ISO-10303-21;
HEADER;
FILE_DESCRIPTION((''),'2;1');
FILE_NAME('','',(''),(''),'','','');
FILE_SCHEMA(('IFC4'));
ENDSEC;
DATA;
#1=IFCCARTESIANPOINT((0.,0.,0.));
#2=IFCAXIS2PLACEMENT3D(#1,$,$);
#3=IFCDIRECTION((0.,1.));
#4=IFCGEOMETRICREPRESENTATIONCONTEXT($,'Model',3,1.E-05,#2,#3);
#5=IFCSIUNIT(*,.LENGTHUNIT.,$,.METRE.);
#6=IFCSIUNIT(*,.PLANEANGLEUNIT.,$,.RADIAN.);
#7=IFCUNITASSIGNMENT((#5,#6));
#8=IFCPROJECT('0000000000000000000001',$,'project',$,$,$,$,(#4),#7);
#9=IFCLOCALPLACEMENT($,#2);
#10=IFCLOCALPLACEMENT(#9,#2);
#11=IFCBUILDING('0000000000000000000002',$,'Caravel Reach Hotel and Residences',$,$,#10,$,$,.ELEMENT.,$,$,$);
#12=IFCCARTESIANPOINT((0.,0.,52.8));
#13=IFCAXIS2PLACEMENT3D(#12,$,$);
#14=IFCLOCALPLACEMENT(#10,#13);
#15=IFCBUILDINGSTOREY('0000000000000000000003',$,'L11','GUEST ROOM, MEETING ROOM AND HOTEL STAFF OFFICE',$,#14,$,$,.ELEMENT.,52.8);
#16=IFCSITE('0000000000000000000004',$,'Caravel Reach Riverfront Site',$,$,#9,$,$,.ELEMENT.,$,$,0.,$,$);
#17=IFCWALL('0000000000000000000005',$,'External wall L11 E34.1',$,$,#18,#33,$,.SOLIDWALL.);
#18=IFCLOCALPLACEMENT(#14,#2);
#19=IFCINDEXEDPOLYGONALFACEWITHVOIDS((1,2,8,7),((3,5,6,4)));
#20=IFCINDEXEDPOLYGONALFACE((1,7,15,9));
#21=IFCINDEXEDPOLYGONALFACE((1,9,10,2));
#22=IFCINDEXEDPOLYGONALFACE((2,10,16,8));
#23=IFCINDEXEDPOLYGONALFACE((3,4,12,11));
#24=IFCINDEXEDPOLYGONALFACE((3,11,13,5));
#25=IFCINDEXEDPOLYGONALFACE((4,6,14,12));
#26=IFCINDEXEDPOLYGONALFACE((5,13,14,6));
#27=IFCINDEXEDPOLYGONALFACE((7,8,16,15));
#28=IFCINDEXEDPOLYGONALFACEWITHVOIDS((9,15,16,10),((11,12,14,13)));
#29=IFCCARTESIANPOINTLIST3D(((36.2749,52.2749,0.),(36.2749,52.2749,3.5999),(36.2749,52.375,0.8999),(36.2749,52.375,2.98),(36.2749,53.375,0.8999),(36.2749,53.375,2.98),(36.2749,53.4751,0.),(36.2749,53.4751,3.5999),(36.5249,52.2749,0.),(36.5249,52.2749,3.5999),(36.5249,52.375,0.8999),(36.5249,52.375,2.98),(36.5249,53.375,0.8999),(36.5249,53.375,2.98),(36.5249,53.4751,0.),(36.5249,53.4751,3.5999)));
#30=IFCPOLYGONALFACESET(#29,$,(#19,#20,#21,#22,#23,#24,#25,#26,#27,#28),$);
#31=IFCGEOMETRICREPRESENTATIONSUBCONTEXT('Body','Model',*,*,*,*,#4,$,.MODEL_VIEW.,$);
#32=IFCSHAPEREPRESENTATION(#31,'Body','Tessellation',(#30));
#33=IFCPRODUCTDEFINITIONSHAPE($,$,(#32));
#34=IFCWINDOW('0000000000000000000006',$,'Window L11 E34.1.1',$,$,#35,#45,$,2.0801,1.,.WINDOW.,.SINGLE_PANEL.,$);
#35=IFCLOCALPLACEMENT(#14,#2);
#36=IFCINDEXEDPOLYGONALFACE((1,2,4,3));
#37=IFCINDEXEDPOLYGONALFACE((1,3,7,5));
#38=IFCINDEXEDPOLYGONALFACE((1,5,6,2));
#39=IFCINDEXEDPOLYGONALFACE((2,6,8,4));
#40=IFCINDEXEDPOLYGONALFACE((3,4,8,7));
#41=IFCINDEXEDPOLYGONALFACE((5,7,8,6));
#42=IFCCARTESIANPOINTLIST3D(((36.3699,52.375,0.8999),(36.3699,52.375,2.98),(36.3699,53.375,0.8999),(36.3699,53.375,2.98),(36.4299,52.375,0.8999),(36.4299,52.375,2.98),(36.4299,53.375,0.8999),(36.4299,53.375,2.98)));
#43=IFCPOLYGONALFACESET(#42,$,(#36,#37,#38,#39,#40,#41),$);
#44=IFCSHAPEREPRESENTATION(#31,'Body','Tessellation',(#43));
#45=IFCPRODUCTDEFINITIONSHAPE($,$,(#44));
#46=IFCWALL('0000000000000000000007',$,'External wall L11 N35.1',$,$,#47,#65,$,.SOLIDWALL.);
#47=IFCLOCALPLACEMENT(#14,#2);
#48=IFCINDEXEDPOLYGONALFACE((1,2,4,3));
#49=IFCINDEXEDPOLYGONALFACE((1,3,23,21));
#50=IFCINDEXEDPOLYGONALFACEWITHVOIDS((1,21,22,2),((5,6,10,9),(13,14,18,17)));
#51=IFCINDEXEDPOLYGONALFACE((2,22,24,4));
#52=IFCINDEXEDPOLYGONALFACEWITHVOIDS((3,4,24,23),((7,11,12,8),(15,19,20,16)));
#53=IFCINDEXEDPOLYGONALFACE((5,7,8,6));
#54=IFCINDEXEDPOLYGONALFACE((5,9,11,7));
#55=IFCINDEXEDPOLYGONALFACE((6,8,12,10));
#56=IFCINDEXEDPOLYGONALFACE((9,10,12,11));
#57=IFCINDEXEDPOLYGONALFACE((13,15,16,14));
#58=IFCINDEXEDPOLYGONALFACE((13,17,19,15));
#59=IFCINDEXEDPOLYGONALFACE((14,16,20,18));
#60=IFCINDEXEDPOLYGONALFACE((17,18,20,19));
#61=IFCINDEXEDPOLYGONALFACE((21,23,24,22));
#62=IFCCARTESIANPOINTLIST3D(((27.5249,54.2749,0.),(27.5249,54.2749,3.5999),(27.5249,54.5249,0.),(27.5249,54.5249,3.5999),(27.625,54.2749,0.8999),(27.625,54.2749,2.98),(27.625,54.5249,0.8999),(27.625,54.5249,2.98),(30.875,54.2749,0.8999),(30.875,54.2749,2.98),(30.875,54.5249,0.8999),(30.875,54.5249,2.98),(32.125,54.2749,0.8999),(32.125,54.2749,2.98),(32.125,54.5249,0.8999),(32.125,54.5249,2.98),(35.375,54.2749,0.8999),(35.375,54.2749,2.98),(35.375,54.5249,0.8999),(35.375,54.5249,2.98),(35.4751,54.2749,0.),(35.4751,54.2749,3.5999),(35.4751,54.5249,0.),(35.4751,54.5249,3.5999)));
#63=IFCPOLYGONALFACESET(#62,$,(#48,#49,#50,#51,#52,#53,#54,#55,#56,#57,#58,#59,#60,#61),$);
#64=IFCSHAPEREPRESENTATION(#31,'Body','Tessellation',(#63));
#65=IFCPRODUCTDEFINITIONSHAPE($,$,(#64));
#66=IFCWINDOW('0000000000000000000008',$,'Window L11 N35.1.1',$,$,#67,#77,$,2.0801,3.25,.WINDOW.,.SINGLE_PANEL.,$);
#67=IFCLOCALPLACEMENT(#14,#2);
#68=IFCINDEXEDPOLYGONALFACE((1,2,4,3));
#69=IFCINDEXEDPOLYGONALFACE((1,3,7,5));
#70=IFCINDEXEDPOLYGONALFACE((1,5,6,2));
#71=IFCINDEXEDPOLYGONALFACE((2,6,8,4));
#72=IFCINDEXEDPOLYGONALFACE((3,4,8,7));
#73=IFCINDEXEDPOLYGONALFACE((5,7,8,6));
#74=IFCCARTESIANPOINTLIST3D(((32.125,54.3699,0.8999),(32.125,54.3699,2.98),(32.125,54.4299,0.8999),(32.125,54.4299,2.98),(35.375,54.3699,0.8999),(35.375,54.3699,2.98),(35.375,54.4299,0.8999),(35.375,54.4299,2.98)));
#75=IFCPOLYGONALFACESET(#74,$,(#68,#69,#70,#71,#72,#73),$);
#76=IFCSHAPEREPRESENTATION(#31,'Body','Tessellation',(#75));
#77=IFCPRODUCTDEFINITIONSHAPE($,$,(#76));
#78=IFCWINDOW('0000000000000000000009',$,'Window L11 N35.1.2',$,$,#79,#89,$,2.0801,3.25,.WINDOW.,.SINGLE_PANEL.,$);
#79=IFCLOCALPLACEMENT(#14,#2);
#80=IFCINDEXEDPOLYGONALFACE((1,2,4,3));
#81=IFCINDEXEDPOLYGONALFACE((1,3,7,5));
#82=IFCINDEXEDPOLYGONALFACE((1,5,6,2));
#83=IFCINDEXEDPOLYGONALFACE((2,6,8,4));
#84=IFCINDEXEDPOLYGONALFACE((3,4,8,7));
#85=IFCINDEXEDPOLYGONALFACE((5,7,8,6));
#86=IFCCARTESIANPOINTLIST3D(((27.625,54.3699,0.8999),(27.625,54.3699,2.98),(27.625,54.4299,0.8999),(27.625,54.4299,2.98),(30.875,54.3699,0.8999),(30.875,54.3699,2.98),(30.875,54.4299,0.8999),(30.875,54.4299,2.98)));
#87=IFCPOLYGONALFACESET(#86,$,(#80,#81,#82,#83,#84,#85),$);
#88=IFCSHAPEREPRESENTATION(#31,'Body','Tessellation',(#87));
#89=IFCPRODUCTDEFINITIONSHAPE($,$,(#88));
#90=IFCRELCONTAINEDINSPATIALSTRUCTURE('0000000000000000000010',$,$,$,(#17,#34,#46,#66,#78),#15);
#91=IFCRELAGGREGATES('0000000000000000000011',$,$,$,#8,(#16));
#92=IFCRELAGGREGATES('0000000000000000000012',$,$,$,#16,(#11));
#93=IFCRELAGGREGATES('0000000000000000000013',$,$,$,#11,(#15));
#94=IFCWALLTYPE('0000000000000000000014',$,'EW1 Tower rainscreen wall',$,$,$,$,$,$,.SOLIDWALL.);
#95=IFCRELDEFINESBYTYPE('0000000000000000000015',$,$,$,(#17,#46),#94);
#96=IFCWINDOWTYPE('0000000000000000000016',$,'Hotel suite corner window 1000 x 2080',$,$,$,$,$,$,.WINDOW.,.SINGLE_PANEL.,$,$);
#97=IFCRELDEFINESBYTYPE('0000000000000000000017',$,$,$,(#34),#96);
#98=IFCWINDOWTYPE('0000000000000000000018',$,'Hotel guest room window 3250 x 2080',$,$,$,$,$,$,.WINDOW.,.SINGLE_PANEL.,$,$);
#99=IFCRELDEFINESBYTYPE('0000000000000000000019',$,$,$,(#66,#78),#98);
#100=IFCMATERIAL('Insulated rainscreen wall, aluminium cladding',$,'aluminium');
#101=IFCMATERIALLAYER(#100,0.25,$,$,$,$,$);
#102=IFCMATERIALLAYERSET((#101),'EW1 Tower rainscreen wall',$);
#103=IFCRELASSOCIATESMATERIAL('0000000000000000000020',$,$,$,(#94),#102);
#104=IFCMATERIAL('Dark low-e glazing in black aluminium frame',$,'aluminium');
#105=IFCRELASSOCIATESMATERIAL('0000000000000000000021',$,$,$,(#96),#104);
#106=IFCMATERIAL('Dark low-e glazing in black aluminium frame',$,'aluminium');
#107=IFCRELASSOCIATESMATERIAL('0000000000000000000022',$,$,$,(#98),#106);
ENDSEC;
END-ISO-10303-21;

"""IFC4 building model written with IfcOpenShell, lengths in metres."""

from ifc_helpers import new_model, si_unit, direction, frame, frame_2d, origin, place, context, subcontext, project, spatial, rectangle, extrude, material, layer, layer_set, type_object, element, fill, save


model = new_model("IFC4")

# Units and contexts
model_context = context("Model", 3, precision=1e-05, world=origin(), true_north=direction((0.0, 1.0)))
body_context = subcontext(model_context, "Body", "Model", "MODEL_VIEW")
ifc_project = project(units=[si_unit("LENGTHUNIT", "METRE"), si_unit("PLANEANGLEUNIT", "RADIAN")], contexts=[model_context])

# Site, building, storey
site_placement = place(None, origin())
site = spatial("IfcSite", under=ifc_project, at=site_placement, Name="Caravel Reach Riverfront Site", CompositionType="ELEMENT", RefElevation=0.0)
building_placement = place(site_placement, origin())
building = spatial("IfcBuilding", under=site, at=building_placement, Name="Caravel Reach Hotel and Residences", CompositionType="ELEMENT")
storey_placement = place(building_placement, frame((0.0, 0.0, 52.8)))
storey = spatial("IfcBuildingStorey", under=building, at=storey_placement, Name="L11", Description="GUEST ROOM, MEETING ROOM AND HOTEL STAFF OFFICE", CompositionType="ELEMENT", Elevation=52.8)

# Wall, opening, window
ifc_material_1 = material(Name="Insulated rainscreen wall, aluminium cladding", Category="aluminium")
ifc_layer = layer(ifc_material_1, 0.25)
ifc_layer_set = layer_set([ifc_layer], Name="EW1 Tower rainscreen wall")
wall_type = type_object("IfcWallType", Name="EW1 Tower rainscreen wall", PredefinedType="SOLIDWALL", material=ifc_layer_set)
ifc_material_2 = material(Name="Dark low-e glazing in black aluminium frame", Category="aluminium")
window_type_1 = type_object("IfcWindowType", Name="Hotel suite corner window 1000 x 2080", PartitioningType="SINGLE_PANEL", PredefinedType="WINDOW", material=ifc_material_2)
wall_1_placement = place(storey_placement, frame((36.3999, 52.2749, 0.0), z_axis=(0.0, 0.0, 1.0), x_axis=(0.0, 1.0, 0.0)))
wall_1 = element("IfcWall", 1, at=wall_1_placement, inside=storey, type_object=wall_type, Name="External wall L11 E34.1", PredefinedType="SOLIDWALL", context=body_context, shape_type="SweptSolid", body=[
    extrude(rectangle(XDim=1.2002, YDim=0.25, at=frame_2d((0.6001, 0.0))), origin(), (0.0, 0.0, 1.0), 3.5999),
])
opening_1_placement = place(wall_1_placement, frame((0.1001, 0.0, 0.8999)))
opening_1 = element("IfcOpeningElement", 2, at=opening_1_placement, cuts=wall_1, PredefinedType="OPENING", context=body_context, shape_type="SweptSolid", body=[
    extrude(rectangle(XDim=1.0, YDim=2.0801, at=frame_2d((0.5, 1.04))), frame((0.0, 0.135, 0.0), z_axis=(0.0, -1.0, 0.0), x_axis=(1.0, 0.0, 0.0)), (0.0, 0.0, 1.0), 0.27),
])
window_1_placement = place(opening_1_placement, origin())
window_1 = element("IfcWindow", 3, at=window_1_placement, inside=storey, type_object=window_type_1, Name="Window L11 E34.1.1", OverallHeight=2.0801, OverallWidth=1.0, PartitioningType="SINGLE_PANEL", PredefinedType="WINDOW", context=body_context, shape_type="SweptSolid", body=[
    extrude(rectangle(XDim=1.0, YDim=2.0801, at=frame_2d((0.5, 1.04))), frame((0.0, 0.03, 0.0), z_axis=(0.0, -1.0, 0.0), x_axis=(1.0, 0.0, 0.0)), (0.0, 0.0, 1.0), 0.0601),
])
fill(opening_1, window_1)

# Wall, openings, windows
wall_2_placement = place(storey_placement, frame((35.4751, 54.3999, 0.0), z_axis=(0.0, 0.0, 1.0), x_axis=(-1.0, 0.0, 0.0)))
wall_2 = element("IfcWall", 4, at=wall_2_placement, inside=storey, type_object=wall_type, Name="External wall L11 N35.1", PredefinedType="SOLIDWALL", context=body_context, shape_type="SweptSolid", body=[
    extrude(rectangle(XDim=7.9502, YDim=0.25, at=frame_2d((3.9751, 0.0))), origin(), (0.0, 0.0, 1.0), 3.5999),
])
opening_2_placement = place(wall_2_placement, frame((0.1001, 0.0, 0.8999)))
opening_2 = element("IfcOpeningElement", 5, at=opening_2_placement, cuts=wall_2, PredefinedType="OPENING", context=body_context, shape_type="SweptSolid", body=[
    extrude(rectangle(XDim=3.25, YDim=2.0801, at=frame_2d((1.625, 1.04))), frame((0.0, 0.135, 0.0), z_axis=(0.0, -1.0, 0.0), x_axis=(1.0, 0.0, 0.0)), (0.0, 0.0, 1.0), 0.27),
])
opening_3_placement = place(wall_2_placement, frame((4.6001, 0.0, 0.8999)))
opening_3 = element("IfcOpeningElement", 6, at=opening_3_placement, cuts=wall_2, PredefinedType="OPENING", context=body_context, shape_type="SweptSolid", body=[
    extrude(rectangle(XDim=3.25, YDim=2.0801, at=frame_2d((1.625, 1.04))), frame((0.0, 0.135, 0.0), z_axis=(0.0, -1.0, 0.0), x_axis=(1.0, 0.0, 0.0)), (0.0, 0.0, 1.0), 0.27),
])
ifc_material_3 = material(Name="Dark low-e glazing in black aluminium frame", Category="aluminium")
window_type_2 = type_object("IfcWindowType", Name="Hotel guest room window 3250 x 2080", PartitioningType="SINGLE_PANEL", PredefinedType="WINDOW", material=ifc_material_3)
window_2_placement = place(opening_2_placement, origin())
window_2 = element("IfcWindow", 7, at=window_2_placement, inside=storey, type_object=window_type_2, Name="Window L11 N35.1.1", OverallHeight=2.0801, OverallWidth=3.25, PartitioningType="SINGLE_PANEL", PredefinedType="WINDOW", context=body_context, shape_type="SweptSolid", body=[
    extrude(rectangle(XDim=3.25, YDim=2.0801, at=frame_2d((1.625, 1.04))), frame((0.0, 0.03, 0.0), z_axis=(0.0, -1.0, 0.0), x_axis=(1.0, 0.0, 0.0)), (0.0, 0.0, 1.0), 0.0601),
])
fill(opening_2, window_2)
window_3_placement = place(opening_3_placement, origin())
window_3 = element("IfcWindow", 8, at=window_3_placement, inside=storey, type_object=window_type_2, Name="Window L11 N35.1.2", OverallHeight=2.0801, OverallWidth=3.25, PartitioningType="SINGLE_PANEL", PredefinedType="WINDOW", context=body_context, shape_type="SweptSolid", body=[
    extrude(rectangle(XDim=3.25, YDim=2.0801, at=frame_2d((1.625, 1.04))), frame((0.0, 0.03, 0.0), z_axis=(0.0, -1.0, 0.0), x_axis=(1.0, 0.0, 0.0)), (0.0, 0.0, 1.0), 0.0601),
])
fill(opening_3, window_3)

save(model, "model.ifc")
